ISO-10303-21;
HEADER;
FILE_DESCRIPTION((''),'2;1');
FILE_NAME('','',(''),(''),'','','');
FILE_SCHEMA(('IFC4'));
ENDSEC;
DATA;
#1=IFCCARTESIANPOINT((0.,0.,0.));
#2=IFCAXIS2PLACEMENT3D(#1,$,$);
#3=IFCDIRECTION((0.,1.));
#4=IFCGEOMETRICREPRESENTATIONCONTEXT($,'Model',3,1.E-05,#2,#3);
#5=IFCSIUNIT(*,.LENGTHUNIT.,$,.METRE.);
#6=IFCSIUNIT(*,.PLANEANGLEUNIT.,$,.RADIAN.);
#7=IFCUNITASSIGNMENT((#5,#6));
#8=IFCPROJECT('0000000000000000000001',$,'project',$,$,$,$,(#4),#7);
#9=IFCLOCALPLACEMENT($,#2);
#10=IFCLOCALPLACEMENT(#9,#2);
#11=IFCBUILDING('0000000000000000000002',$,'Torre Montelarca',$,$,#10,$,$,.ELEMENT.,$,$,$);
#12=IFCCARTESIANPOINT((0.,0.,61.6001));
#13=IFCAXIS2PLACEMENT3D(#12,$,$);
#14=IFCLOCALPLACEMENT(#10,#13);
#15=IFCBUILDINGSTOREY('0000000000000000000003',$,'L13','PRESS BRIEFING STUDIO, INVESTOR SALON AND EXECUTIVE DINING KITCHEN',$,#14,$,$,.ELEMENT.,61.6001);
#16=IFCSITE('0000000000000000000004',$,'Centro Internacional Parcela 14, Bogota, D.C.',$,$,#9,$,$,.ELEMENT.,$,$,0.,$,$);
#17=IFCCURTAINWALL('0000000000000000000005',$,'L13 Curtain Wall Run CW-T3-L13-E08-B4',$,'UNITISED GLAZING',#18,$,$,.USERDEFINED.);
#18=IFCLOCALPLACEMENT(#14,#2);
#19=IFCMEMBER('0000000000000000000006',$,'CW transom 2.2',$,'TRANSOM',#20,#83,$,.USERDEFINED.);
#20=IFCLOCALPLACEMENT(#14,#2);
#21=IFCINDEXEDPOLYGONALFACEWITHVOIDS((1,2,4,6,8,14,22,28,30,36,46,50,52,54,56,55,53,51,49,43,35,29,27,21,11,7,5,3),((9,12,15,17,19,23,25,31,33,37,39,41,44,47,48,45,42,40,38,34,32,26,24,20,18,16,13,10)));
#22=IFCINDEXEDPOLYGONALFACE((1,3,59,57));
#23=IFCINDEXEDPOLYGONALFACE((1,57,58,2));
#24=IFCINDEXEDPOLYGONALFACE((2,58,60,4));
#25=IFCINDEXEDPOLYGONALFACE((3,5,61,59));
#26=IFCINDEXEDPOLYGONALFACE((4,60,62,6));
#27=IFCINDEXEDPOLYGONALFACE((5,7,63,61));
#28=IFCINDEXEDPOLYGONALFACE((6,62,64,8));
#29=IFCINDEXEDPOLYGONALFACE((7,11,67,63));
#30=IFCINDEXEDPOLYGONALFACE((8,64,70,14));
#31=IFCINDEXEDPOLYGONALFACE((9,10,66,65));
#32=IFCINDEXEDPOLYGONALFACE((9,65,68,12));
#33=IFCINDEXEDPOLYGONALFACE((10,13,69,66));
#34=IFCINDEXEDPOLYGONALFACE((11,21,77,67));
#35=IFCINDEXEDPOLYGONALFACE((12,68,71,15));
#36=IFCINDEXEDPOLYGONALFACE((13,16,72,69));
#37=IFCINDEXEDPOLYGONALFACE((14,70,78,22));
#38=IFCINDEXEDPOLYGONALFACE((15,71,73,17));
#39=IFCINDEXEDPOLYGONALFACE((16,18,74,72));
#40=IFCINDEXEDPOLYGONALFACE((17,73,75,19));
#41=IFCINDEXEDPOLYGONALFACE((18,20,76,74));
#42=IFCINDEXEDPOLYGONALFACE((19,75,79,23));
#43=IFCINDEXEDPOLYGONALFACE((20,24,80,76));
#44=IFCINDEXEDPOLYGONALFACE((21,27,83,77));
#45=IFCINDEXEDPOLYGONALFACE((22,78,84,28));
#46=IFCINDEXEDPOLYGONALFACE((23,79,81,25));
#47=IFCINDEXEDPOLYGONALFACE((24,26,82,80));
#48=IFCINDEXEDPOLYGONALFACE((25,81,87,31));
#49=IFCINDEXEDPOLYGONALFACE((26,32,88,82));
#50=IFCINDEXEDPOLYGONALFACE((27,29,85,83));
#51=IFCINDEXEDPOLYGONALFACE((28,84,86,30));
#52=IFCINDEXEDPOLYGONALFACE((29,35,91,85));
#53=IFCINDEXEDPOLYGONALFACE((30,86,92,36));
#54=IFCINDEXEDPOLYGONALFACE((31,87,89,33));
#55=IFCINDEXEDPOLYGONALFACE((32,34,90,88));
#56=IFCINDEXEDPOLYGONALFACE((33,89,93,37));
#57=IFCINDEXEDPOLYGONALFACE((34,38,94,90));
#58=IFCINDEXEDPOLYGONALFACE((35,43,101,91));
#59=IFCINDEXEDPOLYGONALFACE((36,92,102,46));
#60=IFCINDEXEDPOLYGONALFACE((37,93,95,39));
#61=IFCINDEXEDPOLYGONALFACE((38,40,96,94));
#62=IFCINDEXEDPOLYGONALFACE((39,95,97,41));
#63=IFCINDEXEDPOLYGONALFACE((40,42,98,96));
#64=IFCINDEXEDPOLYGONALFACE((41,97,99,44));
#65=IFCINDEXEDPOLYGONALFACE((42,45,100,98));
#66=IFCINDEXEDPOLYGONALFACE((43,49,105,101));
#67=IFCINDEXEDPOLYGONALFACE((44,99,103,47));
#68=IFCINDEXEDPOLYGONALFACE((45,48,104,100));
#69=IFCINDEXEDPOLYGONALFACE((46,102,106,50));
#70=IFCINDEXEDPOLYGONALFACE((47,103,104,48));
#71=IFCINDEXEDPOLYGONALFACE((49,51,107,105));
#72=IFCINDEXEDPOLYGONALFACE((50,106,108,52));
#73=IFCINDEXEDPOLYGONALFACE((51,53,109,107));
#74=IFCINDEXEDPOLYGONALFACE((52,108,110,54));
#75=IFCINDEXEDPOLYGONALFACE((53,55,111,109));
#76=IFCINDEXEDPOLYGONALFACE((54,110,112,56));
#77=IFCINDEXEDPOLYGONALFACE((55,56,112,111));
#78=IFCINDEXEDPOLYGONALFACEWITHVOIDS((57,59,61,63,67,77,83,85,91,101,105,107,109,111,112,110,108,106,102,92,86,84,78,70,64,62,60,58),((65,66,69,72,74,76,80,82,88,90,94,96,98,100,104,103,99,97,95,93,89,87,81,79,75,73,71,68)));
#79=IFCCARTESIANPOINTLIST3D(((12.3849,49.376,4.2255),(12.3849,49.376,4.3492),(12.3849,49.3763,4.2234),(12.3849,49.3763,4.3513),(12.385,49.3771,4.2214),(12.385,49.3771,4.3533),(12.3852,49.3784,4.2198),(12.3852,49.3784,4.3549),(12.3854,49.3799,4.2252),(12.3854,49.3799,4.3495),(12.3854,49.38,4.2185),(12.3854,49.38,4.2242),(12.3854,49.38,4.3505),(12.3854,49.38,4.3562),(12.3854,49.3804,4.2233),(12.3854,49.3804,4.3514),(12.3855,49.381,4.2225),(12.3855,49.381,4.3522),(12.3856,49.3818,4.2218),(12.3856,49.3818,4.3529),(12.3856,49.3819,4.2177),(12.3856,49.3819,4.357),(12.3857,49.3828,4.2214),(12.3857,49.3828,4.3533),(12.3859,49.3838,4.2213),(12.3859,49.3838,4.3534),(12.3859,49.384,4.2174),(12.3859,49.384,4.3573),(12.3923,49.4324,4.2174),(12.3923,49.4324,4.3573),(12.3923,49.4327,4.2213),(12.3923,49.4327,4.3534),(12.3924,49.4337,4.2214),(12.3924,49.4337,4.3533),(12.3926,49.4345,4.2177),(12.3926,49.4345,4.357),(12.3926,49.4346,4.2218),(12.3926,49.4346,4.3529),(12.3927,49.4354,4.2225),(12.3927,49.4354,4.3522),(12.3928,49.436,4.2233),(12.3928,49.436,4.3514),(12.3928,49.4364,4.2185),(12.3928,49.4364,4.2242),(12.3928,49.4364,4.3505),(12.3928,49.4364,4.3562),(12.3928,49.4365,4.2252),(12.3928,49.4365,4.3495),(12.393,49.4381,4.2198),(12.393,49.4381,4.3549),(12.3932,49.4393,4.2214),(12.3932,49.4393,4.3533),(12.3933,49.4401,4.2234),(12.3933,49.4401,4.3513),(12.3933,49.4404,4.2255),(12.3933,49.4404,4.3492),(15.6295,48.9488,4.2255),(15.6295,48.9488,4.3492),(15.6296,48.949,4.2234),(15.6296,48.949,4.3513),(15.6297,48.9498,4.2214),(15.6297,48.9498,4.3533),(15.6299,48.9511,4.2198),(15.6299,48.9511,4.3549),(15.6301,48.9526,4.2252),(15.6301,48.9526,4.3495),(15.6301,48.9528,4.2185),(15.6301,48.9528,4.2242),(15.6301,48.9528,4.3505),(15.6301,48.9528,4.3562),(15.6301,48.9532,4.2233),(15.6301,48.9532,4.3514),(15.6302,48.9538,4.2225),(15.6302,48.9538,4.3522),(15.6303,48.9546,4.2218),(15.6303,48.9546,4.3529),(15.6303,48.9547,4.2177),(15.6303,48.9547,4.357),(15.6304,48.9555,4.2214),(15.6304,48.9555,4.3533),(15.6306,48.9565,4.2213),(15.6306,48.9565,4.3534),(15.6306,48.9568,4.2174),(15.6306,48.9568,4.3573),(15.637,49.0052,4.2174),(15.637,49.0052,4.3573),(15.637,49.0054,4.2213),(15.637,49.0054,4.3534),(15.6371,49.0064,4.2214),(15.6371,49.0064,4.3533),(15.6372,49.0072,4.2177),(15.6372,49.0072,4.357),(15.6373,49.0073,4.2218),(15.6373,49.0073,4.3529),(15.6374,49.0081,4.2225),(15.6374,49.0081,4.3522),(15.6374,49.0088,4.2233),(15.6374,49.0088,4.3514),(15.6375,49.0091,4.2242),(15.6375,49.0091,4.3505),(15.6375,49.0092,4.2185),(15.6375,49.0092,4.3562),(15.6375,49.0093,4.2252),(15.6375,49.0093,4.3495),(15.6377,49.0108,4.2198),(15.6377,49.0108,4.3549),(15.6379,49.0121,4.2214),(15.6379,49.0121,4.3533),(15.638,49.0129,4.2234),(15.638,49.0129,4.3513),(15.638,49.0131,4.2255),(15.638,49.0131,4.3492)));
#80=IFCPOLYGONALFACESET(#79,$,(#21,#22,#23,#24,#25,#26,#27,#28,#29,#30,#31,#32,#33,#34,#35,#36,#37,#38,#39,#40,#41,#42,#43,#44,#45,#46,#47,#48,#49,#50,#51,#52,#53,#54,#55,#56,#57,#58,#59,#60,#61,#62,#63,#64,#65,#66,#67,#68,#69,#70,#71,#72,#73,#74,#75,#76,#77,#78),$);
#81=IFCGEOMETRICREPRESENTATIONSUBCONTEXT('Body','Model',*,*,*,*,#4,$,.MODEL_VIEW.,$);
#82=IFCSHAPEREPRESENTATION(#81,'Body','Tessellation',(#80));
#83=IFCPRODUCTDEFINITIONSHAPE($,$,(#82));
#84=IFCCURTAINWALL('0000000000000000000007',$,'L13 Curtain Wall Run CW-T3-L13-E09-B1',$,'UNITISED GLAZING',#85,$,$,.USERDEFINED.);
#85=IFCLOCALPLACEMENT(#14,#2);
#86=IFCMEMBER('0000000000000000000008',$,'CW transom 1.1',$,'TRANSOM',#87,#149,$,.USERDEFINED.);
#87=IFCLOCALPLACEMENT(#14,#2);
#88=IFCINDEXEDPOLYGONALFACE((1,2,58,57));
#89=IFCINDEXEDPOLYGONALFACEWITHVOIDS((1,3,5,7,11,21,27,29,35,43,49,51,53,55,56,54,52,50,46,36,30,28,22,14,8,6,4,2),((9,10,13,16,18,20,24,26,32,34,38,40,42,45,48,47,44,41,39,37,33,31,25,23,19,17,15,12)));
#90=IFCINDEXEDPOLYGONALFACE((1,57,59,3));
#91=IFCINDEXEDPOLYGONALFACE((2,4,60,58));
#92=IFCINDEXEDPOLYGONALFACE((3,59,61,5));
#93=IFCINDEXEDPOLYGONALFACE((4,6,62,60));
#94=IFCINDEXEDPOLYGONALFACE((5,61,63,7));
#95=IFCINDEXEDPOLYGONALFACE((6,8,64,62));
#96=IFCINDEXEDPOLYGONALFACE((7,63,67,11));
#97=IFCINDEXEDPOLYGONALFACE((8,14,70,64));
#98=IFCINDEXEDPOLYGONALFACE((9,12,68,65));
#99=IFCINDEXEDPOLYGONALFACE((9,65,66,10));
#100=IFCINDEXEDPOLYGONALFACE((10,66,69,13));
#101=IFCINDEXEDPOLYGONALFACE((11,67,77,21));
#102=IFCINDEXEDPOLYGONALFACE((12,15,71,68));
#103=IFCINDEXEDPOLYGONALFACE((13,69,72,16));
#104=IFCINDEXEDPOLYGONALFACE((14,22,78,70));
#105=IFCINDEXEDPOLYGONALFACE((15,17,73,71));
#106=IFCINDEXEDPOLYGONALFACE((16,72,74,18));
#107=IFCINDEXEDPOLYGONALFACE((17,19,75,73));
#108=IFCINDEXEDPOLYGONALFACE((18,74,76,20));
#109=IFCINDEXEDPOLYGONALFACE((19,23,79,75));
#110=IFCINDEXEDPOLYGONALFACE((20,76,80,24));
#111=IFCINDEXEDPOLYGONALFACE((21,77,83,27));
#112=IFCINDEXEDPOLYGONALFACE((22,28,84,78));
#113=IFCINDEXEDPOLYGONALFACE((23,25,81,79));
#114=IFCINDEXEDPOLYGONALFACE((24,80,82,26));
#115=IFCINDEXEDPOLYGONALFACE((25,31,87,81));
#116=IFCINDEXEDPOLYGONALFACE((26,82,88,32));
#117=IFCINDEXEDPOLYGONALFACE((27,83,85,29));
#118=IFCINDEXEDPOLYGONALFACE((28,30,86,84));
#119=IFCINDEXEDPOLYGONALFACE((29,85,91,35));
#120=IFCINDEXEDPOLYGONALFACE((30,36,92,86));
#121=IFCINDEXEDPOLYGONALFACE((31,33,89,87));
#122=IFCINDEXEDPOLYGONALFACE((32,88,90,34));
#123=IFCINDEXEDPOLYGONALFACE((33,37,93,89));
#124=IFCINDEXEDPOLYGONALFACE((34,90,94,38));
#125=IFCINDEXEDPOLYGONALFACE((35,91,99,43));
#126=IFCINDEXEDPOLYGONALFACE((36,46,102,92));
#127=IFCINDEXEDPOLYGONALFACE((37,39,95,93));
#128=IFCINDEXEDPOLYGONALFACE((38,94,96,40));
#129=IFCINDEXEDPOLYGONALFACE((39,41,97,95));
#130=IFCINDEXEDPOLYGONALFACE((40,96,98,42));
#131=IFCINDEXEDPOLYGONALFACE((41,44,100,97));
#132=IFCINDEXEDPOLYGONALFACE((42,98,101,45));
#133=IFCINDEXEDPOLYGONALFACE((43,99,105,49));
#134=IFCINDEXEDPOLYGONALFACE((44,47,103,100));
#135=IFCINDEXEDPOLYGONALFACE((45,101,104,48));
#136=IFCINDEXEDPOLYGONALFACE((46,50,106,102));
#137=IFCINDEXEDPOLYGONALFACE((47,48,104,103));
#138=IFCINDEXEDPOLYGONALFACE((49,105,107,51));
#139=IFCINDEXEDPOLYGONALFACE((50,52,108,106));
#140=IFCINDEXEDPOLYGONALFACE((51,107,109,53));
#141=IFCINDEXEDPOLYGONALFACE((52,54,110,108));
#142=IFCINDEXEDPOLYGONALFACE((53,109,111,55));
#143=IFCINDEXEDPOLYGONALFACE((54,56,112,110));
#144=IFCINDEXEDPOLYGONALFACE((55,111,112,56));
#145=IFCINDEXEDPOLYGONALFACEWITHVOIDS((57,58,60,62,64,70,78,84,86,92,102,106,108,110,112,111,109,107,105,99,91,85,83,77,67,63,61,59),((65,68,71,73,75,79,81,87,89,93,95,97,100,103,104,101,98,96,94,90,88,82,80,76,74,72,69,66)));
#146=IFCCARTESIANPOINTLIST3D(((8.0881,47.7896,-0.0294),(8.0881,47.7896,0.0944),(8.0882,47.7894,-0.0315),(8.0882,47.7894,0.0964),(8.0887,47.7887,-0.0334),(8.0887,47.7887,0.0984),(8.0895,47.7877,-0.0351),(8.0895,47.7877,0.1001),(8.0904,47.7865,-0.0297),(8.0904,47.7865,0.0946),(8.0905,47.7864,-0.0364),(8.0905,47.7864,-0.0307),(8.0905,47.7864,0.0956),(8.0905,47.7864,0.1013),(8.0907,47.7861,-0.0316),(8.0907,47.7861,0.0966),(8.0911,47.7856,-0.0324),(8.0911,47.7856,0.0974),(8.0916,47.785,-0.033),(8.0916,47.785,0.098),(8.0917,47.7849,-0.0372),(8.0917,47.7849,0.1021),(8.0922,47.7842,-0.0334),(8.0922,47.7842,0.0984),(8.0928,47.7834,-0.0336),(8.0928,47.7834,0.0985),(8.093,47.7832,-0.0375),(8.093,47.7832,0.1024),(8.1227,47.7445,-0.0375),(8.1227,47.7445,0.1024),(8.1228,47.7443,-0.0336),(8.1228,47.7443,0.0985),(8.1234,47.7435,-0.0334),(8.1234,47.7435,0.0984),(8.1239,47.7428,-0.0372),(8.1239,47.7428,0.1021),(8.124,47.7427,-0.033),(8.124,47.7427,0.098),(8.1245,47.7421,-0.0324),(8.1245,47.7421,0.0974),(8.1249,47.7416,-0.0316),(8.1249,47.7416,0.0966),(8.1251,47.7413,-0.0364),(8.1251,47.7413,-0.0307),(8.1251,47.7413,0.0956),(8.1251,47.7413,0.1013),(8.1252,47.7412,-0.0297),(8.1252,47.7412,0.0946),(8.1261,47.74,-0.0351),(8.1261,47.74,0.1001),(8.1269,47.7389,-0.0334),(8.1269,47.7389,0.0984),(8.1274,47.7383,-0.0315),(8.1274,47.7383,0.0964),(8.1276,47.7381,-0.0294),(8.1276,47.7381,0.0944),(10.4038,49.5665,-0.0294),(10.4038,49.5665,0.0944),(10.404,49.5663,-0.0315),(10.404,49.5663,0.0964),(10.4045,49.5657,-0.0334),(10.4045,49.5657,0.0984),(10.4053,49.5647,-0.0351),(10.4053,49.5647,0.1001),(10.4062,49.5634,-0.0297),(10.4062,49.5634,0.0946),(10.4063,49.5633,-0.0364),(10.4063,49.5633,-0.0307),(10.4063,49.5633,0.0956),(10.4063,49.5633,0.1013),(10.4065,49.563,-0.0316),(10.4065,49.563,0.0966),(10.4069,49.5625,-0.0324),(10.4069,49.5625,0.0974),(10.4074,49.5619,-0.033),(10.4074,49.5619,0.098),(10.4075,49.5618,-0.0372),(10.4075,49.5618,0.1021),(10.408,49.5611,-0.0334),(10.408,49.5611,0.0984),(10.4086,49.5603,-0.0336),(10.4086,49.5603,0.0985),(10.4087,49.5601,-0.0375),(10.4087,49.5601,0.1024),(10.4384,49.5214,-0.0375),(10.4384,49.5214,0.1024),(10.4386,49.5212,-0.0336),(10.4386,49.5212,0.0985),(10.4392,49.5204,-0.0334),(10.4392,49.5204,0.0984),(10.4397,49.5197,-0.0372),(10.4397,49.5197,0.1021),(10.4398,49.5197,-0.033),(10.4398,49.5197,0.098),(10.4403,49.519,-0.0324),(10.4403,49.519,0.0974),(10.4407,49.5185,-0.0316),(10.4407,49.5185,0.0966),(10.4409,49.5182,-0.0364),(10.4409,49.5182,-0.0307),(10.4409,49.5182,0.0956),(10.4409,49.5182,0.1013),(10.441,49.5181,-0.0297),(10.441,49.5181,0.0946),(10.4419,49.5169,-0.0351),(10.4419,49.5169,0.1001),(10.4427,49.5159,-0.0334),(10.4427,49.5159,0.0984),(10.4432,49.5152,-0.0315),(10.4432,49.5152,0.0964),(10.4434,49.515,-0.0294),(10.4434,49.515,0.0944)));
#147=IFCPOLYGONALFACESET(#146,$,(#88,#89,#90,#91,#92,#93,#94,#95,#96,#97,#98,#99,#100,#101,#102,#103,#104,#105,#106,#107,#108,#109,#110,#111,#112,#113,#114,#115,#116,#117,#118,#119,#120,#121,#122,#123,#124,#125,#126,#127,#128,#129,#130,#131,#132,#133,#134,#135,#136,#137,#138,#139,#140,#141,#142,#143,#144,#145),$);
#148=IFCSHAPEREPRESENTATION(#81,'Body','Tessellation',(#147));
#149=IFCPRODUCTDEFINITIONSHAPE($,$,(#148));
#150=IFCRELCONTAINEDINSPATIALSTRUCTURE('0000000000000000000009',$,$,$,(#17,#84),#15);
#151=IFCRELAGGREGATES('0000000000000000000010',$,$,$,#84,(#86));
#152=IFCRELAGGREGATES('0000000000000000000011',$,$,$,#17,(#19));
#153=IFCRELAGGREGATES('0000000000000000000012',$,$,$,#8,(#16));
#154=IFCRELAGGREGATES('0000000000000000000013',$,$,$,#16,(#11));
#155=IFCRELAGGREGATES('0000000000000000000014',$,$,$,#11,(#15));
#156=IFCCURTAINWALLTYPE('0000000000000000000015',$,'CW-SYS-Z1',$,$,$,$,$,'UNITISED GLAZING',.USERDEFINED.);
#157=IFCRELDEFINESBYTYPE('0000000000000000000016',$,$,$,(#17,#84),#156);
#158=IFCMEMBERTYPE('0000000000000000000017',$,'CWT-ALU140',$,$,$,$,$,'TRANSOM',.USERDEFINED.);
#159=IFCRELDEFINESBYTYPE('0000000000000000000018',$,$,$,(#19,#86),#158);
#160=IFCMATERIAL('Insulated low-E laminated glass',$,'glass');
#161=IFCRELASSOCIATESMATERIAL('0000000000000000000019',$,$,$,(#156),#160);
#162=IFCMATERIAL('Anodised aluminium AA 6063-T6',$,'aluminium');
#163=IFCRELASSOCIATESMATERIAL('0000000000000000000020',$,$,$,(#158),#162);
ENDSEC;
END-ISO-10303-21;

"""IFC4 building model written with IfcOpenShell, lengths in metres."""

from ifc_helpers import new_model, si_unit, direction, frame, origin, origin_2d, place, context, subcontext, project, spatial, hollow_rectangle, extrude, source, transform, mapped, material, material_profile, profile_set, type_object, element, aggregate, save


model = new_model("IFC4")

# Units and contexts
model_context = context("Model", 3, precision=1e-05, world=origin(), true_north=direction((0.0, 1.0)))
body_context = subcontext(model_context, "Body", "Model", "MODEL_VIEW")
ifc_project = project(units=[si_unit("LENGTHUNIT", "METRE"), si_unit("PLANEANGLEUNIT", "RADIAN")], contexts=[model_context])

# Site, building, storey
site_placement = place(None, origin())
site = spatial("IfcSite", under=ifc_project, at=site_placement, Name="Centro Internacional Parcela 14, Bogota, D.C.", CompositionType="ELEMENT", RefElevation=0.0)
building_placement = place(site_placement, origin())
building = spatial("IfcBuilding", under=site, at=building_placement, Name="Torre Montelarca", CompositionType="ELEMENT")
storey_placement = place(building_placement, frame((0.0, 0.0, 61.6001)))
storey = spatial("IfcBuildingStorey", under=building, at=storey_placement, Name="L13", Description="PRESS BRIEFING STUDIO, INVESTOR SALON AND EXECUTIVE DINING KITCHEN", CompositionType="ELEMENT", Elevation=61.6001)

# Curtain walls, members
ifc_material_1 = material(Name="Insulated low-E laminated glass", Category="glass")
curtain_wall_type = type_object("IfcCurtainWallType", Name="CW-SYS-Z1", ElementType="UNITISED GLAZING", PredefinedType="USERDEFINED", material=ifc_material_1)
curtain_wall_1_placement = place(storey_placement, origin())
curtain_wall_1 = element("IfcCurtainWall", 1, at=curtain_wall_1_placement, inside=storey, type_object=curtain_wall_type, Name="L13 Curtain Wall Run CW-T3-L13-E08-B4", ObjectType="UNITISED GLAZING", PredefinedType="USERDEFINED")
ifc_material_2 = material(Name="Anodised aluminium AA 6063-T6", Category="aluminium")
ifc_material_profile_1 = material_profile(ifc_material_2, hollow_rectangle(XDim=0.0649, YDim=0.1399, WallThickness=0.0039, InnerFilletRadius=0.0039, OuterFilletRadius=0.0081, at=origin_2d()), Name="ALU65X140X4", Category="aluminium")
ifc_profile_set_1 = profile_set([ifc_material_profile_1], Name="Anodised aluminium AA 6063-T6")
member_type_1 = type_object("IfcMemberType", Name="CWT-ALU140", ElementType="TRANSOM", PredefinedType="USERDEFINED", material=ifc_profile_set_1)
shared_shape_1 = source(origin(), body_context, "Body", "SweptSolid", [
    extrude(hollow_rectangle(XDim=0.0649, YDim=0.1399, WallThickness=0.0039, InnerFilletRadius=0.0039, OuterFilletRadius=0.0081, at=origin_2d()), origin(), (0.0, 0.0, 1.0), 3.2727),
])
member_1_placement = place(storey_placement, frame((15.6338, 48.981, 4.2874), z_axis=(-0.991442, 0.130551, 0.0), x_axis=(-0.130551, -0.991442, 0.0)))
member_1 = element("IfcMember", 2, at=member_1_placement, type_object=member_type_1, Name="CW transom 2.2", ObjectType="TRANSOM", PredefinedType="USERDEFINED", context=body_context, shape_type="MappedRepresentation", body=[
    mapped(shared_shape_1, transform((0.0, 0.0, 0.0), scale=1.0)),
])
curtain_wall_2_placement = place(storey_placement, origin())
curtain_wall_2 = element("IfcCurtainWall", 3, at=curtain_wall_2_placement, inside=storey, type_object=curtain_wall_type, Name="L13 Curtain Wall Run CW-T3-L13-E09-B1", ObjectType="UNITISED GLAZING", PredefinedType="USERDEFINED")
shared_shape_2 = source(origin(), body_context, "Body", "SweptSolid", [
    extrude(hollow_rectangle(XDim=0.0649, YDim=0.1399, WallThickness=0.0039, InnerFilletRadius=0.0039, OuterFilletRadius=0.0081, at=origin_2d()), origin(), (0.0, 0.0, 1.0), 2.9189),
])
member_2_placement = place(storey_placement, frame((10.4236, 49.5408, 0.0325), z_axis=(-0.793357, -0.608756, 0.0), x_axis=(0.608756, -0.793357, 0.0)))
member_2 = element("IfcMember", 4, at=member_2_placement, type_object=member_type_1, Name="CW transom 1.1", ObjectType="TRANSOM", PredefinedType="USERDEFINED", context=body_context, shape_type="MappedRepresentation", body=[
    mapped(shared_shape_2, transform((0.0, 0.0, 0.0), scale=1.0)),
])

aggregate(curtain_wall_2, [member_2])

aggregate(curtain_wall_1, [member_1])

save(model, "model.ifc")
